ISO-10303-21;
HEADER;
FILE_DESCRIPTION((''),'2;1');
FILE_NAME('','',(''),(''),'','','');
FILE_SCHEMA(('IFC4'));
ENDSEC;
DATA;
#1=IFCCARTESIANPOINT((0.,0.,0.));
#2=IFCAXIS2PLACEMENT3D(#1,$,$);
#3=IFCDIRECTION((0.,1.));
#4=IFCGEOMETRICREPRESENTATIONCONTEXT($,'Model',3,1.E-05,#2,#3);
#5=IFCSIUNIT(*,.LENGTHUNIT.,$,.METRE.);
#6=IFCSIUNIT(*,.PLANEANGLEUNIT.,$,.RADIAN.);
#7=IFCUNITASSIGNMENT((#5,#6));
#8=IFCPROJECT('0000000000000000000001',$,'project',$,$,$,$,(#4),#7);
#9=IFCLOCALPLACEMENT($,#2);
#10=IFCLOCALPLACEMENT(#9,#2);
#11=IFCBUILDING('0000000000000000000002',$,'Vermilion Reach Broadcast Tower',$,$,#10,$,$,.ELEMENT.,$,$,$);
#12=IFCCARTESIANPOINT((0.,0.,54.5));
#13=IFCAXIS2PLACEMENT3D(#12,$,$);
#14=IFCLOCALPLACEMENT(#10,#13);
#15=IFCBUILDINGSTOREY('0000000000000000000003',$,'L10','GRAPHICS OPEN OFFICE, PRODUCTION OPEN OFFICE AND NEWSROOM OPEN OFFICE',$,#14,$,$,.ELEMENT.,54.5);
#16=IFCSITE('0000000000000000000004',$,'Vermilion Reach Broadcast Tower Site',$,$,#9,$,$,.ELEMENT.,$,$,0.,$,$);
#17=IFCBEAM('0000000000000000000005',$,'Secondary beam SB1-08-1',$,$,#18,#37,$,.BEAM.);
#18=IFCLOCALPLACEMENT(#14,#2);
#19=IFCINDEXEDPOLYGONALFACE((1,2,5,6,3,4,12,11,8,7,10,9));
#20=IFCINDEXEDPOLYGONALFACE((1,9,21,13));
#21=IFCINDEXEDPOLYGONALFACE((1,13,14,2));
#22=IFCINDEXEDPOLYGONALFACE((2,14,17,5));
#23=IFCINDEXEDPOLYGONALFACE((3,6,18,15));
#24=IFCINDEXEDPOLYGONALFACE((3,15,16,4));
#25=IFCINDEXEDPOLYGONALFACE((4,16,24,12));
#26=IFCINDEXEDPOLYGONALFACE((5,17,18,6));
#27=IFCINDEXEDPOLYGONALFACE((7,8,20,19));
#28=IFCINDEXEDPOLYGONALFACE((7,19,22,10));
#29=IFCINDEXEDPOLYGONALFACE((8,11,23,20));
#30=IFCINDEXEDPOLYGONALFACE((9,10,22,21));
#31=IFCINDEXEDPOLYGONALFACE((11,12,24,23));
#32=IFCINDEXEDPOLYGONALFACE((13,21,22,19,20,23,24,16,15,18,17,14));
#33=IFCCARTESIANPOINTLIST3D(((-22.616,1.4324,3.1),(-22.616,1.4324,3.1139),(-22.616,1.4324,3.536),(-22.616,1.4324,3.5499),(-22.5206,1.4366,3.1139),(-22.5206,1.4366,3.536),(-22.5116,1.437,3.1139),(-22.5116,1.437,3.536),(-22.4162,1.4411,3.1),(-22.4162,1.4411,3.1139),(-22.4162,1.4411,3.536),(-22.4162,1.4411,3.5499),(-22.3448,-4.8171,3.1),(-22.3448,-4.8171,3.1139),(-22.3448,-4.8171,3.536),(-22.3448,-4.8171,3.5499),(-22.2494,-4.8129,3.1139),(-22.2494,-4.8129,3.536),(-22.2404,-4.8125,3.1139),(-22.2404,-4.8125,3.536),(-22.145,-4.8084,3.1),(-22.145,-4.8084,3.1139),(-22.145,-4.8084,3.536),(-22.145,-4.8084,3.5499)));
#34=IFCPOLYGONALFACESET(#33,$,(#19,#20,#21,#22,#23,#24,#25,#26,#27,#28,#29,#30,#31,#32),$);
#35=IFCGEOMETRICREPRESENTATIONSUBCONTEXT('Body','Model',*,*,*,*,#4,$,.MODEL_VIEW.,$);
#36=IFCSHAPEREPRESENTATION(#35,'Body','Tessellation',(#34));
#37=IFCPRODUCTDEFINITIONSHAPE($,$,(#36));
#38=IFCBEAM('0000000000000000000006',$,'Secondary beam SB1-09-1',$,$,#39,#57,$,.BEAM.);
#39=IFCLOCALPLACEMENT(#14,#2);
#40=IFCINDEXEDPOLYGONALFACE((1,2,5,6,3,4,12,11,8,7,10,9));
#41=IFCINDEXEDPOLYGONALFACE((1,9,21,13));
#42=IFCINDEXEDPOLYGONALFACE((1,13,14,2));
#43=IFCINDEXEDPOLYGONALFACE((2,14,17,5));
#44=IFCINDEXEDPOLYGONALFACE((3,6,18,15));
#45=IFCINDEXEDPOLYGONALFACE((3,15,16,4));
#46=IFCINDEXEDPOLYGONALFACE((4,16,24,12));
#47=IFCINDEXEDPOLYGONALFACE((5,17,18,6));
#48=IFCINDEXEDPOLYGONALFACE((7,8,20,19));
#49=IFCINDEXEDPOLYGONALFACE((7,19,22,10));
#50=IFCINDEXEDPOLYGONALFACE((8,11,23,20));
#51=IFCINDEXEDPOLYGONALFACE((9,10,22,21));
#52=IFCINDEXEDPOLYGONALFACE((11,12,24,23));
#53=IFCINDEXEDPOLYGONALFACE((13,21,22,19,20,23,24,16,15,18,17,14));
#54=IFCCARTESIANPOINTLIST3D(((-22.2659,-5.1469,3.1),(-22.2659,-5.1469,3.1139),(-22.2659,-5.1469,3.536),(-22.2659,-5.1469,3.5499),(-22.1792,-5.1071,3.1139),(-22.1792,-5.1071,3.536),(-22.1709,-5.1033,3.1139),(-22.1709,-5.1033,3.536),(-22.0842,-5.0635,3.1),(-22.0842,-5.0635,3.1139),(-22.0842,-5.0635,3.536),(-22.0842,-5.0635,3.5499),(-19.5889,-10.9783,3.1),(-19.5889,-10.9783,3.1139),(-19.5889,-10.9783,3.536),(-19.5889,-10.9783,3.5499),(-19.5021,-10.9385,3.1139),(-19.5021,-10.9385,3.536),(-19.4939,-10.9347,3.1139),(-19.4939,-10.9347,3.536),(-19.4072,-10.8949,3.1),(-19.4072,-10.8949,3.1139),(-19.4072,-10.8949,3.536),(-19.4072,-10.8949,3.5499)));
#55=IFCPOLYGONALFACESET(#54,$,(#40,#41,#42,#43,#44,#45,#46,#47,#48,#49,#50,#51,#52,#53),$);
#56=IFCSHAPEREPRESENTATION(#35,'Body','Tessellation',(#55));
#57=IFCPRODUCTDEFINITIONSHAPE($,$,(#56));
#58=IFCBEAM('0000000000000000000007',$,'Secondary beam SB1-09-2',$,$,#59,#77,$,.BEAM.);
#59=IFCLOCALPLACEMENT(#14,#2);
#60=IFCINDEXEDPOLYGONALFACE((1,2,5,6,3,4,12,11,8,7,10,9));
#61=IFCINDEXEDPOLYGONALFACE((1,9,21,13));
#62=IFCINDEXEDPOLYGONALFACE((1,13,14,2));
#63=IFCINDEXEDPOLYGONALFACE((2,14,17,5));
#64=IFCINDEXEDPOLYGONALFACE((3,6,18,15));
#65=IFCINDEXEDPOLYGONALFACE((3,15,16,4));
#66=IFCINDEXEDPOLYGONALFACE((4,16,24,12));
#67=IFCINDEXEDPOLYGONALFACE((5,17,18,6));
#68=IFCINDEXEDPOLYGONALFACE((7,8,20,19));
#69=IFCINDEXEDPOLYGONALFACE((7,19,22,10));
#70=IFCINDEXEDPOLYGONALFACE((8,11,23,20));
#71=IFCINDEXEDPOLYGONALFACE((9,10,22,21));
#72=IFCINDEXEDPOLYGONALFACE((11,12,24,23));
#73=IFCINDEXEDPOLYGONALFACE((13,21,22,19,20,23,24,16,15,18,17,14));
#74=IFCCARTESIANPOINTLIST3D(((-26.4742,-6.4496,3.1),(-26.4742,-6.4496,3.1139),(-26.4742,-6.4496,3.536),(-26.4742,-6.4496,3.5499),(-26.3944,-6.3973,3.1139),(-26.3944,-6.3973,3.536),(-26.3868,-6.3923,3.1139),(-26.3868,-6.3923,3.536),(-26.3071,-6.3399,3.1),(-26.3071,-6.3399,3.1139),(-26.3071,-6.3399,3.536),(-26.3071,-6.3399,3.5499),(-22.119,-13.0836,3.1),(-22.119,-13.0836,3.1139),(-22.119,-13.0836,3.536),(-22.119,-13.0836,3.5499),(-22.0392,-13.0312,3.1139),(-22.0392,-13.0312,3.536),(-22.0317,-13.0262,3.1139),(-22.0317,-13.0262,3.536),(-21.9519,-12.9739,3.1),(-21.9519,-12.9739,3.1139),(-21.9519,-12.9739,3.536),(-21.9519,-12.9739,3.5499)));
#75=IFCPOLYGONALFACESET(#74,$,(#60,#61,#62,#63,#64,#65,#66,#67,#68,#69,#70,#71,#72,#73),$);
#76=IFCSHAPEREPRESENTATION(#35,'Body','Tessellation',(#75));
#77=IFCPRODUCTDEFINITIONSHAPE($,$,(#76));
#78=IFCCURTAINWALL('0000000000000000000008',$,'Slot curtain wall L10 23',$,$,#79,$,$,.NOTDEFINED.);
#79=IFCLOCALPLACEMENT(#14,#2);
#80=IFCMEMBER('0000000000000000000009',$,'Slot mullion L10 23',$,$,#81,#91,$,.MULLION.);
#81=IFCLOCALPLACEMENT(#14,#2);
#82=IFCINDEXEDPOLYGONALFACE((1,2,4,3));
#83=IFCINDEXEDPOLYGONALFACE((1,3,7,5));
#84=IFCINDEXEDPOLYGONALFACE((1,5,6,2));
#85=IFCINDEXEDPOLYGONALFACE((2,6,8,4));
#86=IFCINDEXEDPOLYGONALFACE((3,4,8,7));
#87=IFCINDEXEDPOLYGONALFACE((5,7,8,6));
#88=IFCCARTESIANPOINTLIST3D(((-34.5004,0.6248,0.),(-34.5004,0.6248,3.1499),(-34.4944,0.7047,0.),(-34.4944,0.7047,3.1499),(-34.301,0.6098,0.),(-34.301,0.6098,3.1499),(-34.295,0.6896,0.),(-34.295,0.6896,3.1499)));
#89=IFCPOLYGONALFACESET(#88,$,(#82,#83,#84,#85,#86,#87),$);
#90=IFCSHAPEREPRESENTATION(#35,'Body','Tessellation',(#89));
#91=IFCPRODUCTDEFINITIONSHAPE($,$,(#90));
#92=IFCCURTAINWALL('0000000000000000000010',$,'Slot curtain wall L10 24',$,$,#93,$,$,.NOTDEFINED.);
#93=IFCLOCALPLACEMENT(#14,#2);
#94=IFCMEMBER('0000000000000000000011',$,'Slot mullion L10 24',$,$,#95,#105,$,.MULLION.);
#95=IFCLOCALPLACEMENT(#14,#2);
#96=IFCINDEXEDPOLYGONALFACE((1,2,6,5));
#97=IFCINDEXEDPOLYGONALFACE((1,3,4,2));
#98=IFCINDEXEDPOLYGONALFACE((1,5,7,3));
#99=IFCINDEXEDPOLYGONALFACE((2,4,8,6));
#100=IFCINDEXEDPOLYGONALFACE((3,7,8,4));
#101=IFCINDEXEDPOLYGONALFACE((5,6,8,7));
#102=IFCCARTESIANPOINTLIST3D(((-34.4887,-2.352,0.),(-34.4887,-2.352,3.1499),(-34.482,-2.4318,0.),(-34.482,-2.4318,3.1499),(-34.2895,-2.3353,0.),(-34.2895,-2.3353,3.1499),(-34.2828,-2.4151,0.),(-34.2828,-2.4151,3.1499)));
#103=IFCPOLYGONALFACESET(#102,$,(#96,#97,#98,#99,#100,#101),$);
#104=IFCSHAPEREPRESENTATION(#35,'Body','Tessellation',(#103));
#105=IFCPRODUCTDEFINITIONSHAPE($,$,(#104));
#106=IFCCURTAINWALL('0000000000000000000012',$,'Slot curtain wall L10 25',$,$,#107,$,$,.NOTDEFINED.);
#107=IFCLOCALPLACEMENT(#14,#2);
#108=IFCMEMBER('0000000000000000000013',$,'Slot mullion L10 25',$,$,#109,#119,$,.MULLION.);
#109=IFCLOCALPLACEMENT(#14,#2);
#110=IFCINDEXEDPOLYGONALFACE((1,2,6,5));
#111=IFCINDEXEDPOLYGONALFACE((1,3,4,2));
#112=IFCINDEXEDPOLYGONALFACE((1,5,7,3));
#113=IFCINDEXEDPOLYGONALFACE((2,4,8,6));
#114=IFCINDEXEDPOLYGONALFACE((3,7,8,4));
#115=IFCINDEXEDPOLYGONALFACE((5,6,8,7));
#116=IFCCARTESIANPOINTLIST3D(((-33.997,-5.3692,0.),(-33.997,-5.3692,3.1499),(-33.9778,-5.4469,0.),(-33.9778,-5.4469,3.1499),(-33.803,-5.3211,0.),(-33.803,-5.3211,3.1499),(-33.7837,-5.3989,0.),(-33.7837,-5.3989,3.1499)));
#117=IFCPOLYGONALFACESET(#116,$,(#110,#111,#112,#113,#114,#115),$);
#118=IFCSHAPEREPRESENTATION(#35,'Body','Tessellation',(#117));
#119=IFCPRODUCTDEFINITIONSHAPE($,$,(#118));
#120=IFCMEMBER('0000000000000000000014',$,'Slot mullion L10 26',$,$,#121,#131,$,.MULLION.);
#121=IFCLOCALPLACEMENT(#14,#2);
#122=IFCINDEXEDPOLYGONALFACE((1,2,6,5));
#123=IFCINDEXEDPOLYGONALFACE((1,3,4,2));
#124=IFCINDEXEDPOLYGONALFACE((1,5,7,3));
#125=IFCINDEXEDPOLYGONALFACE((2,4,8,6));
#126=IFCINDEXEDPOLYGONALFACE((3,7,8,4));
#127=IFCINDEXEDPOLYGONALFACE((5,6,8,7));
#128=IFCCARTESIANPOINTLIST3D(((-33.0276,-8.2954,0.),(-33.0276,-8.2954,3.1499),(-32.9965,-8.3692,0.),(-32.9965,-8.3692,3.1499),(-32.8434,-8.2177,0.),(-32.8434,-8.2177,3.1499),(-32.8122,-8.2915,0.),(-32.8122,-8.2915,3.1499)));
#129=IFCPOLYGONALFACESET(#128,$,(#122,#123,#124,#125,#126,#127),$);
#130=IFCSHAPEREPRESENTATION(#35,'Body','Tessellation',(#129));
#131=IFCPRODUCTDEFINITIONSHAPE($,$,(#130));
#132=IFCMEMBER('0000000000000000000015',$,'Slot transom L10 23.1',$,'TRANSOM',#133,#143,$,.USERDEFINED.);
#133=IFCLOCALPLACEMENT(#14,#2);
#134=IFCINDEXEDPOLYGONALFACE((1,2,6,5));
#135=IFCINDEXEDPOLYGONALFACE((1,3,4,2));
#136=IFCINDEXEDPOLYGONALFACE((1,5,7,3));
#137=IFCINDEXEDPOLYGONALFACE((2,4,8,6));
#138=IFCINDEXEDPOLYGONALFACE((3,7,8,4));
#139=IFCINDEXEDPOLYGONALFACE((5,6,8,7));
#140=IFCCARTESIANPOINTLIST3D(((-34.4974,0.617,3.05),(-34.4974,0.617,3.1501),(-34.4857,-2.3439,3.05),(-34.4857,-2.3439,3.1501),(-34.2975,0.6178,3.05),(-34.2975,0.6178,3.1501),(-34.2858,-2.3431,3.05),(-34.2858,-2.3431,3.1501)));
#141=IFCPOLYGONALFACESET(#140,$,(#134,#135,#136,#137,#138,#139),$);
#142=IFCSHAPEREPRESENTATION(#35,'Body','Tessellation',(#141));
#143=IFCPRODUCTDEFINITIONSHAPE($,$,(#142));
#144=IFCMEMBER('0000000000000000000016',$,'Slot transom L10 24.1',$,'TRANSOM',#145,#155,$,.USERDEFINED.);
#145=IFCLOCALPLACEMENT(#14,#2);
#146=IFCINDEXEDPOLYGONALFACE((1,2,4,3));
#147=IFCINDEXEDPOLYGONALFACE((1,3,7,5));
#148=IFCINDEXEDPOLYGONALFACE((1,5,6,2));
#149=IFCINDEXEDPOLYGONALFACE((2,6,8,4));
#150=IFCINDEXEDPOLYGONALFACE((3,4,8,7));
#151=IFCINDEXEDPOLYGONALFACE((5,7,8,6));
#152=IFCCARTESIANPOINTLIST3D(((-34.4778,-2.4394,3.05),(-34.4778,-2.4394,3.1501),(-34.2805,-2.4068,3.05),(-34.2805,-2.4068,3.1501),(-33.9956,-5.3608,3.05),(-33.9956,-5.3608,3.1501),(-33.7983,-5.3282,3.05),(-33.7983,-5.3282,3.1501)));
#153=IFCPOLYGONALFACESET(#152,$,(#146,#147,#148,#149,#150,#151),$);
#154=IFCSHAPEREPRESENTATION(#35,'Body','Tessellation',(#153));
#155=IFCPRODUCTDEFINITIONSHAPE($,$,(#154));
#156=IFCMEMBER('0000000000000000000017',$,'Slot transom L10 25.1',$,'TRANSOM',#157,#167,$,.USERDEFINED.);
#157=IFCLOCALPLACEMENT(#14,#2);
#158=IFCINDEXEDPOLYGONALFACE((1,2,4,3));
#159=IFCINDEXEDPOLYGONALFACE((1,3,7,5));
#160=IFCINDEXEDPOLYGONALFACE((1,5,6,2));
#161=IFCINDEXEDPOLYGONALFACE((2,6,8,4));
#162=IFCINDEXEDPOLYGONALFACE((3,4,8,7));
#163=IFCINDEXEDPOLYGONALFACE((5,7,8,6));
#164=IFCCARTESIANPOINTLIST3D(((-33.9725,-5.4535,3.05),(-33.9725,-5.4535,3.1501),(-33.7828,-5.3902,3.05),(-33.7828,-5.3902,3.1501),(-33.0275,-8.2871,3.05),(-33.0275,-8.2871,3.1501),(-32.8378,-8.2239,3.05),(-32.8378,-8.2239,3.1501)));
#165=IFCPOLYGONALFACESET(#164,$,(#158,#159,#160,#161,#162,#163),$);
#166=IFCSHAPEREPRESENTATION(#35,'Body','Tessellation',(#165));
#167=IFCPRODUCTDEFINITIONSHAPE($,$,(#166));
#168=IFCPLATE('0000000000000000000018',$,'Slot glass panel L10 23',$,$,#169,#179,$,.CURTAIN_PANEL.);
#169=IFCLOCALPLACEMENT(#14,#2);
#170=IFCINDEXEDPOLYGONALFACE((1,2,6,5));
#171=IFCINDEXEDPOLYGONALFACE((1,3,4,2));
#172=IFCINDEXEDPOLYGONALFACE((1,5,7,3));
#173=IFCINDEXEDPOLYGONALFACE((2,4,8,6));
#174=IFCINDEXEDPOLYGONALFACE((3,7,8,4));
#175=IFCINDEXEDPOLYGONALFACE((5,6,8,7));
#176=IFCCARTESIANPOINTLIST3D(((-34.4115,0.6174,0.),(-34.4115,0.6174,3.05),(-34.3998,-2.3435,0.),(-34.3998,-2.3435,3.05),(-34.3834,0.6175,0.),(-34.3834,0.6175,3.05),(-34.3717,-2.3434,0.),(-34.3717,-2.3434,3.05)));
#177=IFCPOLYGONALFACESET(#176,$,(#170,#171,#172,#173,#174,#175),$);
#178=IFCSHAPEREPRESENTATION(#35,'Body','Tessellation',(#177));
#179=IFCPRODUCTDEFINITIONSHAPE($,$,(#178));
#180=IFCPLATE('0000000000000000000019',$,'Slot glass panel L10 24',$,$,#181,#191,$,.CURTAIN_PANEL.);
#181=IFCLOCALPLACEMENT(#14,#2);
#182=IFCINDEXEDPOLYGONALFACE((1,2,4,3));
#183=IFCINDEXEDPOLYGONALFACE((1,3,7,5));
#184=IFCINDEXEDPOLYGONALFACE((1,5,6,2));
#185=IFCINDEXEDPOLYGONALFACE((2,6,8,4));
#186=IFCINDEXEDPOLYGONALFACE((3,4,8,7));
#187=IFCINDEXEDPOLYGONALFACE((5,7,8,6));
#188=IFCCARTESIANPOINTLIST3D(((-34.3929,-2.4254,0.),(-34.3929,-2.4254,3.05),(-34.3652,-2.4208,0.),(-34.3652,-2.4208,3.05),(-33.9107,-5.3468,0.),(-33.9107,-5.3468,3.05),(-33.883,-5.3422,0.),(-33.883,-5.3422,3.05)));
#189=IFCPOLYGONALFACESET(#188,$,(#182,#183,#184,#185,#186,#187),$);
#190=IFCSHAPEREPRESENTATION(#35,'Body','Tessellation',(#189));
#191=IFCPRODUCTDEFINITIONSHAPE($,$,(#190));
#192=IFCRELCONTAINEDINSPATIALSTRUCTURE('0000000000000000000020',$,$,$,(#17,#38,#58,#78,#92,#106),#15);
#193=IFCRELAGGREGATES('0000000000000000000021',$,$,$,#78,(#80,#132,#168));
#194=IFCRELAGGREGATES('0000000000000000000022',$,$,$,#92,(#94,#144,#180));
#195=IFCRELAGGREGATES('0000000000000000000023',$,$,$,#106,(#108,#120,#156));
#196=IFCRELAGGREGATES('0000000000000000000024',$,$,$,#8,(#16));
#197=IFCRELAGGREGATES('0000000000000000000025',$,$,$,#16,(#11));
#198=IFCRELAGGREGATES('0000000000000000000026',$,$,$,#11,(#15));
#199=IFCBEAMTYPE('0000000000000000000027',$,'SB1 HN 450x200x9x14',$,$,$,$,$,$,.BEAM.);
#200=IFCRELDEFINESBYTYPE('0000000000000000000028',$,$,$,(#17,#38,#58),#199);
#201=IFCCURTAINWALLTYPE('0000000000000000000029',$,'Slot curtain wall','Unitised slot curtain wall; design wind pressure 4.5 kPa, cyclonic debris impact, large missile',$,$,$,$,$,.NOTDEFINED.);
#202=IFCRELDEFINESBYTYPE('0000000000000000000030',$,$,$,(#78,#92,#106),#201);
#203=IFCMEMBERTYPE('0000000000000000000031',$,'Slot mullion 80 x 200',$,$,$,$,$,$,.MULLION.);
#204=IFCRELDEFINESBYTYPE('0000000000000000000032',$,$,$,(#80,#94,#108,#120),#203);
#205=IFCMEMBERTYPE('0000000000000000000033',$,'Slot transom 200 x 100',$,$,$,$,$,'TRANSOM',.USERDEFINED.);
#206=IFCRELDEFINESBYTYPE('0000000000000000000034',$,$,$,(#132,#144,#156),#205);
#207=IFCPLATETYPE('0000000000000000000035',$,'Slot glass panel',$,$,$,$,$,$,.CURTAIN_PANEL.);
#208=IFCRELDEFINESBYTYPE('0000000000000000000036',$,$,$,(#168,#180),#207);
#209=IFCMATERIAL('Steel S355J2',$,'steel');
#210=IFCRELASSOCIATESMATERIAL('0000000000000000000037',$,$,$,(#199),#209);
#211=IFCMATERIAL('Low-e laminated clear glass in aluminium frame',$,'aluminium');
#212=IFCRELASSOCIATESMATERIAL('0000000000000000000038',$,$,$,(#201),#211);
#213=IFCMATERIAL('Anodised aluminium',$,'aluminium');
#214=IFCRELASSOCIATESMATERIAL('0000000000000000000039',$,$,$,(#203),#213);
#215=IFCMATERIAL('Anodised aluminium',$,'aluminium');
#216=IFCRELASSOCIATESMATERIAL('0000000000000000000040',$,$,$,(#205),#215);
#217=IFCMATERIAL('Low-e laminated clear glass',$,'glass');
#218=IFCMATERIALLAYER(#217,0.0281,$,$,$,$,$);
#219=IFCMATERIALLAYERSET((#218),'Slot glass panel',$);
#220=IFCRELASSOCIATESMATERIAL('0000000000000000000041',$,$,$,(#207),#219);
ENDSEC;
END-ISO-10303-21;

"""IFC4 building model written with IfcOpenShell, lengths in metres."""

from ifc_helpers import new_model, si_unit, direction, frame, origin, origin_2d, place, context, subcontext, project, spatial, rectangle, i_section, extrude, material, layer, layer_set, material_profile, profile_set, type_object, element, aggregate, save


model = new_model("IFC4")

# Units and contexts
model_context = context("Model", 3, precision=1e-05, world=origin(), true_north=direction((0.0, 1.0)))
body_context = subcontext(model_context, "Body", "Model", "MODEL_VIEW")
ifc_project = project(units=[si_unit("LENGTHUNIT", "METRE"), si_unit("PLANEANGLEUNIT", "RADIAN")], contexts=[model_context])

# Site, building, storey
site_placement = place(None, origin())
site = spatial("IfcSite", under=ifc_project, at=site_placement, Name="Vermilion Reach Broadcast Tower Site", CompositionType="ELEMENT", RefElevation=0.0)
building_placement = place(site_placement, origin())
building = spatial("IfcBuilding", under=site, at=building_placement, Name="Vermilion Reach Broadcast Tower", CompositionType="ELEMENT")
storey_placement = place(building_placement, frame((0.0, 0.0, 54.5)))
storey = spatial("IfcBuildingStorey", under=building, at=storey_placement, Name="L10", Description="GRAPHICS OPEN OFFICE, PRODUCTION OPEN OFFICE AND NEWSROOM OPEN OFFICE", CompositionType="ELEMENT", Elevation=54.5)

# Beams
ifc_material_1 = material(Name="Steel S355J2", Category="steel")
ifc_material_profile_1 = material_profile(ifc_material_1, i_section(OverallWidth=0.2, OverallDepth=0.45, WebThickness=0.009, FlangeThickness=0.0139, at=origin_2d()), Name="S355J2 HN 450x200x9x14")
ifc_profile_set_1 = profile_set([ifc_material_profile_1], Name="Steel S355J2")
beam_type_1 = type_object("IfcBeamType", Name="SB1 HN 450x200x9x14", PredefinedType="BEAM", material=ifc_profile_set_1)
beam_1_placement = place(storey_placement, frame((-22.5161, 1.4368, 3.325), z_axis=(0.043361, -0.999059, 0.0), x_axis=(0.999059, 0.043361, 0.0)))
element("IfcBeam", 1, at=beam_1_placement, inside=storey, type_object=beam_type_1, Name="Secondary beam SB1-08-1", PredefinedType="BEAM", context=body_context, shape_type="SweptSolid", body=[
    extrude(i_section(OverallWidth=0.2, OverallDepth=0.45, WebThickness=0.009, FlangeThickness=0.0139, at=origin_2d()), origin(), (0.0, 0.0, 1.0), 6.2554),
])
beam_2_placement = place(storey_placement, frame((-22.175, -5.1052, 3.325), z_axis=(0.417211, -0.908809, 0.0), x_axis=(0.908809, 0.417211, 0.0)))
element("IfcBeam", 2, at=beam_2_placement, inside=storey, type_object=beam_type_1, Name="Secondary beam SB1-09-1", PredefinedType="BEAM", context=body_context, shape_type="SweptSolid", body=[
    extrude(i_section(OverallWidth=0.2, OverallDepth=0.45, WebThickness=0.009, FlangeThickness=0.0139, at=origin_2d()), origin(), (0.0, 0.0, 1.0), 6.4165),
])
beam_3_placement = place(storey_placement, frame((-26.3906, -6.3948, 3.325), z_axis=(0.548801, -0.835953, 0.0), x_axis=(0.835953, 0.548801, 0.0)))
element("IfcBeam", 3, at=beam_3_placement, inside=storey, type_object=beam_type_1, Name="Secondary beam SB1-09-2", PredefinedType="BEAM", context=body_context, shape_type="SweptSolid", body=[
    extrude(i_section(OverallWidth=0.2, OverallDepth=0.45, WebThickness=0.009, FlangeThickness=0.0139, at=origin_2d()), origin(), (0.0, 0.0, 1.0), 7.9358),
])

# Curtain walls, members
ifc_material_2 = material(Name="Low-e laminated clear glass in aluminium frame", Category="aluminium")
curtain_wall_type = type_object("IfcCurtainWallType", Name="Slot curtain wall", Description="Unitised slot curtain wall; design wind pressure 4.5 kPa, cyclonic debris impact, large missile", PredefinedType="NOTDEFINED", material=ifc_material_2)
placement = place(storey_placement, origin())
curtain_wall_1 = element("IfcCurtainWall", 4, at=placement, inside=storey, type_object=curtain_wall_type, Name="Slot curtain wall L10 23", PredefinedType="NOTDEFINED")
ifc_material_3 = material(Name="Anodised aluminium", Category="aluminium")
ifc_material_profile_2 = material_profile(ifc_material_3, rectangle(XDim=0.2, YDim=0.0801, at=origin_2d()), Name="Slot mullion 80 x 200")
ifc_profile_set_2 = profile_set([ifc_material_profile_2], Name="Anodised aluminium")
member_type_1 = type_object("IfcMemberType", Name="Slot mullion 80 x 200", PredefinedType="MULLION", material=ifc_profile_set_2)
member_1_placement = place(storey_placement, frame((-34.3977, 0.6572, 0.0), z_axis=(0.0, 0.0, 1.0), x_axis=(0.997174, -0.075133, 0.0)))
member_1 = element("IfcMember", 5, at=member_1_placement, type_object=member_type_1, Name="Slot mullion L10 23", PredefinedType="MULLION", context=body_context, shape_type="SweptSolid", body=[
    extrude(rectangle(XDim=0.2, YDim=0.0801, at=origin_2d()), origin(), (0.0, 0.0, 1.0), 3.1499),
])
curtain_wall_2 = element("IfcCurtainWall", 6, at=placement, inside=storey, type_object=curtain_wall_type, Name="Slot curtain wall L10 24", PredefinedType="NOTDEFINED")
member_2_placement = place(storey_placement, frame((-34.3857, -2.3835, 0.0), z_axis=(0.0, 0.0, 1.0), x_axis=(0.996493, 0.083678, 0.0)))
member_2 = element("IfcMember", 7, at=member_2_placement, type_object=member_type_1, Name="Slot mullion L10 24", PredefinedType="MULLION", context=body_context, shape_type="SweptSolid", body=[
    extrude(rectangle(XDim=0.2, YDim=0.0801, at=origin_2d()), origin(), (0.0, 0.0, 1.0), 3.1499),
])

# Curtain wall, members
curtain_wall_3 = element("IfcCurtainWall", 8, at=placement, inside=storey, type_object=curtain_wall_type, Name="Slot curtain wall L10 25", PredefinedType="NOTDEFINED")
member_3_placement = place(storey_placement, frame((-33.8904, -5.384, 0.0), z_axis=(0.0, 0.0, 1.0), x_axis=(0.970679, 0.240378, 0.0)))
member_3 = element("IfcMember", 9, at=member_3_placement, type_object=member_type_1, Name="Slot mullion L10 25", PredefinedType="MULLION", context=body_context, shape_type="SweptSolid", body=[
    extrude(rectangle(XDim=0.2, YDim=0.0801, at=origin_2d()), origin(), (0.0, 0.0, 1.0), 3.1499),
])
member_4_placement = place(storey_placement, frame((-32.9199, -8.2935, 0.0), z_axis=(0.0, 0.0, 1.0), x_axis=(0.921366, 0.388697, 0.0)))
member_4 = element("IfcMember", 10, at=member_4_placement, type_object=member_type_1, Name="Slot mullion L10 26", PredefinedType="MULLION", context=body_context, shape_type="SweptSolid", body=[
    extrude(rectangle(XDim=0.2, YDim=0.0801, at=origin_2d()), origin(), (0.0, 0.0, 1.0), 3.1499),
])

# Members
ifc_material_4 = material(Name="Anodised aluminium", Category="aluminium")
ifc_material_profile_3 = material_profile(ifc_material_4, rectangle(XDim=0.2, YDim=0.1001, at=origin_2d()), Name="Slot transom 200 x 100")
ifc_profile_set_3 = profile_set([ifc_material_profile_3], Name="Anodised aluminium")
member_type_2 = type_object("IfcMemberType", Name="Slot transom 200 x 100", ElementType="TRANSOM", PredefinedType="USERDEFINED", material=ifc_profile_set_3)
member_5_placement = place(storey_placement, frame((-34.3975, 0.6174, 3.1001), z_axis=(0.003958, -0.999992, 0.0), x_axis=(0.999992, 0.003958, 0.0)))
member_5 = element("IfcMember", 11, at=member_5_placement, type_object=member_type_2, Name="Slot transom L10 23.1", ObjectType="TRANSOM", PredefinedType="USERDEFINED", context=body_context, shape_type="SweptSolid", body=[
    extrude(rectangle(XDim=0.2, YDim=0.1001, at=origin_2d()), origin(), (0.0, 0.0, 1.0), 2.9609),
])
member_6_placement = place(storey_placement, frame((-34.3792, -2.4231, 3.1001), z_axis=(0.162848, -0.986651, 0.0), x_axis=(0.986651, 0.162848, 0.0)))
member_6 = element("IfcMember", 12, at=member_6_placement, type_object=member_type_2, Name="Slot transom L10 24.1", ObjectType="TRANSOM", PredefinedType="USERDEFINED", context=body_context, shape_type="SweptSolid", body=[
    extrude(rectangle(XDim=0.2, YDim=0.1001, at=origin_2d()), origin(), (0.0, 0.0, 1.0), 2.9609),
])
member_7_placement = place(storey_placement, frame((-33.8777, -5.4219, 3.1001), z_axis=(0.316375, -0.948634, 0.0), x_axis=(0.948634, 0.316375, 0.0)))
member_7 = element("IfcMember", 13, at=member_7_placement, type_object=member_type_2, Name="Slot transom L10 25.1", ObjectType="TRANSOM", PredefinedType="USERDEFINED", context=body_context, shape_type="SweptSolid", body=[
    extrude(rectangle(XDim=0.2, YDim=0.1001, at=origin_2d()), origin(), (0.0, 0.0, 1.0), 2.9871),
])

# Plates
ifc_material_5 = material(Name="Low-e laminated clear glass", Category="glass")
ifc_layer_1 = layer(ifc_material_5, 0.0281)
ifc_layer_set_1 = layer_set([ifc_layer_1], Name="Slot glass panel")
plate_type = type_object("IfcPlateType", Name="Slot glass panel", PredefinedType="CURTAIN_PANEL", material=ifc_layer_set_1)
plate_1_placement = place(storey_placement, frame((-34.3916, -0.863, 0.0), z_axis=(0.0, 0.0, 1.0), x_axis=(0.003958, -0.999992, 0.0)))
plate_1 = element("IfcPlate", 14, at=plate_1_placement, type_object=plate_type, Name="Slot glass panel L10 23", PredefinedType="CURTAIN_PANEL", context=body_context, shape_type="SweptSolid", body=[
    extrude(rectangle(XDim=2.9609, YDim=0.0281, at=origin_2d()), origin(), (0.0, 0.0, 1.0), 3.05),
])
aggregate(curtain_wall_1, [member_1, member_5, plate_1])
plate_2_placement = place(storey_placement, frame((-34.1379, -3.8838, 0.0), z_axis=(0.0, 0.0, 1.0), x_axis=(0.162865, -0.986648, 0.0)))
plate_2 = element("IfcPlate", 15, at=plate_2_placement, type_object=plate_type, Name="Slot glass panel L10 24", PredefinedType="CURTAIN_PANEL", context=body_context, shape_type="SweptSolid", body=[
    extrude(rectangle(XDim=2.9609, YDim=0.0281, at=origin_2d()), origin(), (0.0, 0.0, 1.0), 3.05),
])
aggregate(curtain_wall_2, [member_2, member_6, plate_2])
aggregate(curtain_wall_3, [member_3, member_4, member_7])

save(model, "model.ifc")
